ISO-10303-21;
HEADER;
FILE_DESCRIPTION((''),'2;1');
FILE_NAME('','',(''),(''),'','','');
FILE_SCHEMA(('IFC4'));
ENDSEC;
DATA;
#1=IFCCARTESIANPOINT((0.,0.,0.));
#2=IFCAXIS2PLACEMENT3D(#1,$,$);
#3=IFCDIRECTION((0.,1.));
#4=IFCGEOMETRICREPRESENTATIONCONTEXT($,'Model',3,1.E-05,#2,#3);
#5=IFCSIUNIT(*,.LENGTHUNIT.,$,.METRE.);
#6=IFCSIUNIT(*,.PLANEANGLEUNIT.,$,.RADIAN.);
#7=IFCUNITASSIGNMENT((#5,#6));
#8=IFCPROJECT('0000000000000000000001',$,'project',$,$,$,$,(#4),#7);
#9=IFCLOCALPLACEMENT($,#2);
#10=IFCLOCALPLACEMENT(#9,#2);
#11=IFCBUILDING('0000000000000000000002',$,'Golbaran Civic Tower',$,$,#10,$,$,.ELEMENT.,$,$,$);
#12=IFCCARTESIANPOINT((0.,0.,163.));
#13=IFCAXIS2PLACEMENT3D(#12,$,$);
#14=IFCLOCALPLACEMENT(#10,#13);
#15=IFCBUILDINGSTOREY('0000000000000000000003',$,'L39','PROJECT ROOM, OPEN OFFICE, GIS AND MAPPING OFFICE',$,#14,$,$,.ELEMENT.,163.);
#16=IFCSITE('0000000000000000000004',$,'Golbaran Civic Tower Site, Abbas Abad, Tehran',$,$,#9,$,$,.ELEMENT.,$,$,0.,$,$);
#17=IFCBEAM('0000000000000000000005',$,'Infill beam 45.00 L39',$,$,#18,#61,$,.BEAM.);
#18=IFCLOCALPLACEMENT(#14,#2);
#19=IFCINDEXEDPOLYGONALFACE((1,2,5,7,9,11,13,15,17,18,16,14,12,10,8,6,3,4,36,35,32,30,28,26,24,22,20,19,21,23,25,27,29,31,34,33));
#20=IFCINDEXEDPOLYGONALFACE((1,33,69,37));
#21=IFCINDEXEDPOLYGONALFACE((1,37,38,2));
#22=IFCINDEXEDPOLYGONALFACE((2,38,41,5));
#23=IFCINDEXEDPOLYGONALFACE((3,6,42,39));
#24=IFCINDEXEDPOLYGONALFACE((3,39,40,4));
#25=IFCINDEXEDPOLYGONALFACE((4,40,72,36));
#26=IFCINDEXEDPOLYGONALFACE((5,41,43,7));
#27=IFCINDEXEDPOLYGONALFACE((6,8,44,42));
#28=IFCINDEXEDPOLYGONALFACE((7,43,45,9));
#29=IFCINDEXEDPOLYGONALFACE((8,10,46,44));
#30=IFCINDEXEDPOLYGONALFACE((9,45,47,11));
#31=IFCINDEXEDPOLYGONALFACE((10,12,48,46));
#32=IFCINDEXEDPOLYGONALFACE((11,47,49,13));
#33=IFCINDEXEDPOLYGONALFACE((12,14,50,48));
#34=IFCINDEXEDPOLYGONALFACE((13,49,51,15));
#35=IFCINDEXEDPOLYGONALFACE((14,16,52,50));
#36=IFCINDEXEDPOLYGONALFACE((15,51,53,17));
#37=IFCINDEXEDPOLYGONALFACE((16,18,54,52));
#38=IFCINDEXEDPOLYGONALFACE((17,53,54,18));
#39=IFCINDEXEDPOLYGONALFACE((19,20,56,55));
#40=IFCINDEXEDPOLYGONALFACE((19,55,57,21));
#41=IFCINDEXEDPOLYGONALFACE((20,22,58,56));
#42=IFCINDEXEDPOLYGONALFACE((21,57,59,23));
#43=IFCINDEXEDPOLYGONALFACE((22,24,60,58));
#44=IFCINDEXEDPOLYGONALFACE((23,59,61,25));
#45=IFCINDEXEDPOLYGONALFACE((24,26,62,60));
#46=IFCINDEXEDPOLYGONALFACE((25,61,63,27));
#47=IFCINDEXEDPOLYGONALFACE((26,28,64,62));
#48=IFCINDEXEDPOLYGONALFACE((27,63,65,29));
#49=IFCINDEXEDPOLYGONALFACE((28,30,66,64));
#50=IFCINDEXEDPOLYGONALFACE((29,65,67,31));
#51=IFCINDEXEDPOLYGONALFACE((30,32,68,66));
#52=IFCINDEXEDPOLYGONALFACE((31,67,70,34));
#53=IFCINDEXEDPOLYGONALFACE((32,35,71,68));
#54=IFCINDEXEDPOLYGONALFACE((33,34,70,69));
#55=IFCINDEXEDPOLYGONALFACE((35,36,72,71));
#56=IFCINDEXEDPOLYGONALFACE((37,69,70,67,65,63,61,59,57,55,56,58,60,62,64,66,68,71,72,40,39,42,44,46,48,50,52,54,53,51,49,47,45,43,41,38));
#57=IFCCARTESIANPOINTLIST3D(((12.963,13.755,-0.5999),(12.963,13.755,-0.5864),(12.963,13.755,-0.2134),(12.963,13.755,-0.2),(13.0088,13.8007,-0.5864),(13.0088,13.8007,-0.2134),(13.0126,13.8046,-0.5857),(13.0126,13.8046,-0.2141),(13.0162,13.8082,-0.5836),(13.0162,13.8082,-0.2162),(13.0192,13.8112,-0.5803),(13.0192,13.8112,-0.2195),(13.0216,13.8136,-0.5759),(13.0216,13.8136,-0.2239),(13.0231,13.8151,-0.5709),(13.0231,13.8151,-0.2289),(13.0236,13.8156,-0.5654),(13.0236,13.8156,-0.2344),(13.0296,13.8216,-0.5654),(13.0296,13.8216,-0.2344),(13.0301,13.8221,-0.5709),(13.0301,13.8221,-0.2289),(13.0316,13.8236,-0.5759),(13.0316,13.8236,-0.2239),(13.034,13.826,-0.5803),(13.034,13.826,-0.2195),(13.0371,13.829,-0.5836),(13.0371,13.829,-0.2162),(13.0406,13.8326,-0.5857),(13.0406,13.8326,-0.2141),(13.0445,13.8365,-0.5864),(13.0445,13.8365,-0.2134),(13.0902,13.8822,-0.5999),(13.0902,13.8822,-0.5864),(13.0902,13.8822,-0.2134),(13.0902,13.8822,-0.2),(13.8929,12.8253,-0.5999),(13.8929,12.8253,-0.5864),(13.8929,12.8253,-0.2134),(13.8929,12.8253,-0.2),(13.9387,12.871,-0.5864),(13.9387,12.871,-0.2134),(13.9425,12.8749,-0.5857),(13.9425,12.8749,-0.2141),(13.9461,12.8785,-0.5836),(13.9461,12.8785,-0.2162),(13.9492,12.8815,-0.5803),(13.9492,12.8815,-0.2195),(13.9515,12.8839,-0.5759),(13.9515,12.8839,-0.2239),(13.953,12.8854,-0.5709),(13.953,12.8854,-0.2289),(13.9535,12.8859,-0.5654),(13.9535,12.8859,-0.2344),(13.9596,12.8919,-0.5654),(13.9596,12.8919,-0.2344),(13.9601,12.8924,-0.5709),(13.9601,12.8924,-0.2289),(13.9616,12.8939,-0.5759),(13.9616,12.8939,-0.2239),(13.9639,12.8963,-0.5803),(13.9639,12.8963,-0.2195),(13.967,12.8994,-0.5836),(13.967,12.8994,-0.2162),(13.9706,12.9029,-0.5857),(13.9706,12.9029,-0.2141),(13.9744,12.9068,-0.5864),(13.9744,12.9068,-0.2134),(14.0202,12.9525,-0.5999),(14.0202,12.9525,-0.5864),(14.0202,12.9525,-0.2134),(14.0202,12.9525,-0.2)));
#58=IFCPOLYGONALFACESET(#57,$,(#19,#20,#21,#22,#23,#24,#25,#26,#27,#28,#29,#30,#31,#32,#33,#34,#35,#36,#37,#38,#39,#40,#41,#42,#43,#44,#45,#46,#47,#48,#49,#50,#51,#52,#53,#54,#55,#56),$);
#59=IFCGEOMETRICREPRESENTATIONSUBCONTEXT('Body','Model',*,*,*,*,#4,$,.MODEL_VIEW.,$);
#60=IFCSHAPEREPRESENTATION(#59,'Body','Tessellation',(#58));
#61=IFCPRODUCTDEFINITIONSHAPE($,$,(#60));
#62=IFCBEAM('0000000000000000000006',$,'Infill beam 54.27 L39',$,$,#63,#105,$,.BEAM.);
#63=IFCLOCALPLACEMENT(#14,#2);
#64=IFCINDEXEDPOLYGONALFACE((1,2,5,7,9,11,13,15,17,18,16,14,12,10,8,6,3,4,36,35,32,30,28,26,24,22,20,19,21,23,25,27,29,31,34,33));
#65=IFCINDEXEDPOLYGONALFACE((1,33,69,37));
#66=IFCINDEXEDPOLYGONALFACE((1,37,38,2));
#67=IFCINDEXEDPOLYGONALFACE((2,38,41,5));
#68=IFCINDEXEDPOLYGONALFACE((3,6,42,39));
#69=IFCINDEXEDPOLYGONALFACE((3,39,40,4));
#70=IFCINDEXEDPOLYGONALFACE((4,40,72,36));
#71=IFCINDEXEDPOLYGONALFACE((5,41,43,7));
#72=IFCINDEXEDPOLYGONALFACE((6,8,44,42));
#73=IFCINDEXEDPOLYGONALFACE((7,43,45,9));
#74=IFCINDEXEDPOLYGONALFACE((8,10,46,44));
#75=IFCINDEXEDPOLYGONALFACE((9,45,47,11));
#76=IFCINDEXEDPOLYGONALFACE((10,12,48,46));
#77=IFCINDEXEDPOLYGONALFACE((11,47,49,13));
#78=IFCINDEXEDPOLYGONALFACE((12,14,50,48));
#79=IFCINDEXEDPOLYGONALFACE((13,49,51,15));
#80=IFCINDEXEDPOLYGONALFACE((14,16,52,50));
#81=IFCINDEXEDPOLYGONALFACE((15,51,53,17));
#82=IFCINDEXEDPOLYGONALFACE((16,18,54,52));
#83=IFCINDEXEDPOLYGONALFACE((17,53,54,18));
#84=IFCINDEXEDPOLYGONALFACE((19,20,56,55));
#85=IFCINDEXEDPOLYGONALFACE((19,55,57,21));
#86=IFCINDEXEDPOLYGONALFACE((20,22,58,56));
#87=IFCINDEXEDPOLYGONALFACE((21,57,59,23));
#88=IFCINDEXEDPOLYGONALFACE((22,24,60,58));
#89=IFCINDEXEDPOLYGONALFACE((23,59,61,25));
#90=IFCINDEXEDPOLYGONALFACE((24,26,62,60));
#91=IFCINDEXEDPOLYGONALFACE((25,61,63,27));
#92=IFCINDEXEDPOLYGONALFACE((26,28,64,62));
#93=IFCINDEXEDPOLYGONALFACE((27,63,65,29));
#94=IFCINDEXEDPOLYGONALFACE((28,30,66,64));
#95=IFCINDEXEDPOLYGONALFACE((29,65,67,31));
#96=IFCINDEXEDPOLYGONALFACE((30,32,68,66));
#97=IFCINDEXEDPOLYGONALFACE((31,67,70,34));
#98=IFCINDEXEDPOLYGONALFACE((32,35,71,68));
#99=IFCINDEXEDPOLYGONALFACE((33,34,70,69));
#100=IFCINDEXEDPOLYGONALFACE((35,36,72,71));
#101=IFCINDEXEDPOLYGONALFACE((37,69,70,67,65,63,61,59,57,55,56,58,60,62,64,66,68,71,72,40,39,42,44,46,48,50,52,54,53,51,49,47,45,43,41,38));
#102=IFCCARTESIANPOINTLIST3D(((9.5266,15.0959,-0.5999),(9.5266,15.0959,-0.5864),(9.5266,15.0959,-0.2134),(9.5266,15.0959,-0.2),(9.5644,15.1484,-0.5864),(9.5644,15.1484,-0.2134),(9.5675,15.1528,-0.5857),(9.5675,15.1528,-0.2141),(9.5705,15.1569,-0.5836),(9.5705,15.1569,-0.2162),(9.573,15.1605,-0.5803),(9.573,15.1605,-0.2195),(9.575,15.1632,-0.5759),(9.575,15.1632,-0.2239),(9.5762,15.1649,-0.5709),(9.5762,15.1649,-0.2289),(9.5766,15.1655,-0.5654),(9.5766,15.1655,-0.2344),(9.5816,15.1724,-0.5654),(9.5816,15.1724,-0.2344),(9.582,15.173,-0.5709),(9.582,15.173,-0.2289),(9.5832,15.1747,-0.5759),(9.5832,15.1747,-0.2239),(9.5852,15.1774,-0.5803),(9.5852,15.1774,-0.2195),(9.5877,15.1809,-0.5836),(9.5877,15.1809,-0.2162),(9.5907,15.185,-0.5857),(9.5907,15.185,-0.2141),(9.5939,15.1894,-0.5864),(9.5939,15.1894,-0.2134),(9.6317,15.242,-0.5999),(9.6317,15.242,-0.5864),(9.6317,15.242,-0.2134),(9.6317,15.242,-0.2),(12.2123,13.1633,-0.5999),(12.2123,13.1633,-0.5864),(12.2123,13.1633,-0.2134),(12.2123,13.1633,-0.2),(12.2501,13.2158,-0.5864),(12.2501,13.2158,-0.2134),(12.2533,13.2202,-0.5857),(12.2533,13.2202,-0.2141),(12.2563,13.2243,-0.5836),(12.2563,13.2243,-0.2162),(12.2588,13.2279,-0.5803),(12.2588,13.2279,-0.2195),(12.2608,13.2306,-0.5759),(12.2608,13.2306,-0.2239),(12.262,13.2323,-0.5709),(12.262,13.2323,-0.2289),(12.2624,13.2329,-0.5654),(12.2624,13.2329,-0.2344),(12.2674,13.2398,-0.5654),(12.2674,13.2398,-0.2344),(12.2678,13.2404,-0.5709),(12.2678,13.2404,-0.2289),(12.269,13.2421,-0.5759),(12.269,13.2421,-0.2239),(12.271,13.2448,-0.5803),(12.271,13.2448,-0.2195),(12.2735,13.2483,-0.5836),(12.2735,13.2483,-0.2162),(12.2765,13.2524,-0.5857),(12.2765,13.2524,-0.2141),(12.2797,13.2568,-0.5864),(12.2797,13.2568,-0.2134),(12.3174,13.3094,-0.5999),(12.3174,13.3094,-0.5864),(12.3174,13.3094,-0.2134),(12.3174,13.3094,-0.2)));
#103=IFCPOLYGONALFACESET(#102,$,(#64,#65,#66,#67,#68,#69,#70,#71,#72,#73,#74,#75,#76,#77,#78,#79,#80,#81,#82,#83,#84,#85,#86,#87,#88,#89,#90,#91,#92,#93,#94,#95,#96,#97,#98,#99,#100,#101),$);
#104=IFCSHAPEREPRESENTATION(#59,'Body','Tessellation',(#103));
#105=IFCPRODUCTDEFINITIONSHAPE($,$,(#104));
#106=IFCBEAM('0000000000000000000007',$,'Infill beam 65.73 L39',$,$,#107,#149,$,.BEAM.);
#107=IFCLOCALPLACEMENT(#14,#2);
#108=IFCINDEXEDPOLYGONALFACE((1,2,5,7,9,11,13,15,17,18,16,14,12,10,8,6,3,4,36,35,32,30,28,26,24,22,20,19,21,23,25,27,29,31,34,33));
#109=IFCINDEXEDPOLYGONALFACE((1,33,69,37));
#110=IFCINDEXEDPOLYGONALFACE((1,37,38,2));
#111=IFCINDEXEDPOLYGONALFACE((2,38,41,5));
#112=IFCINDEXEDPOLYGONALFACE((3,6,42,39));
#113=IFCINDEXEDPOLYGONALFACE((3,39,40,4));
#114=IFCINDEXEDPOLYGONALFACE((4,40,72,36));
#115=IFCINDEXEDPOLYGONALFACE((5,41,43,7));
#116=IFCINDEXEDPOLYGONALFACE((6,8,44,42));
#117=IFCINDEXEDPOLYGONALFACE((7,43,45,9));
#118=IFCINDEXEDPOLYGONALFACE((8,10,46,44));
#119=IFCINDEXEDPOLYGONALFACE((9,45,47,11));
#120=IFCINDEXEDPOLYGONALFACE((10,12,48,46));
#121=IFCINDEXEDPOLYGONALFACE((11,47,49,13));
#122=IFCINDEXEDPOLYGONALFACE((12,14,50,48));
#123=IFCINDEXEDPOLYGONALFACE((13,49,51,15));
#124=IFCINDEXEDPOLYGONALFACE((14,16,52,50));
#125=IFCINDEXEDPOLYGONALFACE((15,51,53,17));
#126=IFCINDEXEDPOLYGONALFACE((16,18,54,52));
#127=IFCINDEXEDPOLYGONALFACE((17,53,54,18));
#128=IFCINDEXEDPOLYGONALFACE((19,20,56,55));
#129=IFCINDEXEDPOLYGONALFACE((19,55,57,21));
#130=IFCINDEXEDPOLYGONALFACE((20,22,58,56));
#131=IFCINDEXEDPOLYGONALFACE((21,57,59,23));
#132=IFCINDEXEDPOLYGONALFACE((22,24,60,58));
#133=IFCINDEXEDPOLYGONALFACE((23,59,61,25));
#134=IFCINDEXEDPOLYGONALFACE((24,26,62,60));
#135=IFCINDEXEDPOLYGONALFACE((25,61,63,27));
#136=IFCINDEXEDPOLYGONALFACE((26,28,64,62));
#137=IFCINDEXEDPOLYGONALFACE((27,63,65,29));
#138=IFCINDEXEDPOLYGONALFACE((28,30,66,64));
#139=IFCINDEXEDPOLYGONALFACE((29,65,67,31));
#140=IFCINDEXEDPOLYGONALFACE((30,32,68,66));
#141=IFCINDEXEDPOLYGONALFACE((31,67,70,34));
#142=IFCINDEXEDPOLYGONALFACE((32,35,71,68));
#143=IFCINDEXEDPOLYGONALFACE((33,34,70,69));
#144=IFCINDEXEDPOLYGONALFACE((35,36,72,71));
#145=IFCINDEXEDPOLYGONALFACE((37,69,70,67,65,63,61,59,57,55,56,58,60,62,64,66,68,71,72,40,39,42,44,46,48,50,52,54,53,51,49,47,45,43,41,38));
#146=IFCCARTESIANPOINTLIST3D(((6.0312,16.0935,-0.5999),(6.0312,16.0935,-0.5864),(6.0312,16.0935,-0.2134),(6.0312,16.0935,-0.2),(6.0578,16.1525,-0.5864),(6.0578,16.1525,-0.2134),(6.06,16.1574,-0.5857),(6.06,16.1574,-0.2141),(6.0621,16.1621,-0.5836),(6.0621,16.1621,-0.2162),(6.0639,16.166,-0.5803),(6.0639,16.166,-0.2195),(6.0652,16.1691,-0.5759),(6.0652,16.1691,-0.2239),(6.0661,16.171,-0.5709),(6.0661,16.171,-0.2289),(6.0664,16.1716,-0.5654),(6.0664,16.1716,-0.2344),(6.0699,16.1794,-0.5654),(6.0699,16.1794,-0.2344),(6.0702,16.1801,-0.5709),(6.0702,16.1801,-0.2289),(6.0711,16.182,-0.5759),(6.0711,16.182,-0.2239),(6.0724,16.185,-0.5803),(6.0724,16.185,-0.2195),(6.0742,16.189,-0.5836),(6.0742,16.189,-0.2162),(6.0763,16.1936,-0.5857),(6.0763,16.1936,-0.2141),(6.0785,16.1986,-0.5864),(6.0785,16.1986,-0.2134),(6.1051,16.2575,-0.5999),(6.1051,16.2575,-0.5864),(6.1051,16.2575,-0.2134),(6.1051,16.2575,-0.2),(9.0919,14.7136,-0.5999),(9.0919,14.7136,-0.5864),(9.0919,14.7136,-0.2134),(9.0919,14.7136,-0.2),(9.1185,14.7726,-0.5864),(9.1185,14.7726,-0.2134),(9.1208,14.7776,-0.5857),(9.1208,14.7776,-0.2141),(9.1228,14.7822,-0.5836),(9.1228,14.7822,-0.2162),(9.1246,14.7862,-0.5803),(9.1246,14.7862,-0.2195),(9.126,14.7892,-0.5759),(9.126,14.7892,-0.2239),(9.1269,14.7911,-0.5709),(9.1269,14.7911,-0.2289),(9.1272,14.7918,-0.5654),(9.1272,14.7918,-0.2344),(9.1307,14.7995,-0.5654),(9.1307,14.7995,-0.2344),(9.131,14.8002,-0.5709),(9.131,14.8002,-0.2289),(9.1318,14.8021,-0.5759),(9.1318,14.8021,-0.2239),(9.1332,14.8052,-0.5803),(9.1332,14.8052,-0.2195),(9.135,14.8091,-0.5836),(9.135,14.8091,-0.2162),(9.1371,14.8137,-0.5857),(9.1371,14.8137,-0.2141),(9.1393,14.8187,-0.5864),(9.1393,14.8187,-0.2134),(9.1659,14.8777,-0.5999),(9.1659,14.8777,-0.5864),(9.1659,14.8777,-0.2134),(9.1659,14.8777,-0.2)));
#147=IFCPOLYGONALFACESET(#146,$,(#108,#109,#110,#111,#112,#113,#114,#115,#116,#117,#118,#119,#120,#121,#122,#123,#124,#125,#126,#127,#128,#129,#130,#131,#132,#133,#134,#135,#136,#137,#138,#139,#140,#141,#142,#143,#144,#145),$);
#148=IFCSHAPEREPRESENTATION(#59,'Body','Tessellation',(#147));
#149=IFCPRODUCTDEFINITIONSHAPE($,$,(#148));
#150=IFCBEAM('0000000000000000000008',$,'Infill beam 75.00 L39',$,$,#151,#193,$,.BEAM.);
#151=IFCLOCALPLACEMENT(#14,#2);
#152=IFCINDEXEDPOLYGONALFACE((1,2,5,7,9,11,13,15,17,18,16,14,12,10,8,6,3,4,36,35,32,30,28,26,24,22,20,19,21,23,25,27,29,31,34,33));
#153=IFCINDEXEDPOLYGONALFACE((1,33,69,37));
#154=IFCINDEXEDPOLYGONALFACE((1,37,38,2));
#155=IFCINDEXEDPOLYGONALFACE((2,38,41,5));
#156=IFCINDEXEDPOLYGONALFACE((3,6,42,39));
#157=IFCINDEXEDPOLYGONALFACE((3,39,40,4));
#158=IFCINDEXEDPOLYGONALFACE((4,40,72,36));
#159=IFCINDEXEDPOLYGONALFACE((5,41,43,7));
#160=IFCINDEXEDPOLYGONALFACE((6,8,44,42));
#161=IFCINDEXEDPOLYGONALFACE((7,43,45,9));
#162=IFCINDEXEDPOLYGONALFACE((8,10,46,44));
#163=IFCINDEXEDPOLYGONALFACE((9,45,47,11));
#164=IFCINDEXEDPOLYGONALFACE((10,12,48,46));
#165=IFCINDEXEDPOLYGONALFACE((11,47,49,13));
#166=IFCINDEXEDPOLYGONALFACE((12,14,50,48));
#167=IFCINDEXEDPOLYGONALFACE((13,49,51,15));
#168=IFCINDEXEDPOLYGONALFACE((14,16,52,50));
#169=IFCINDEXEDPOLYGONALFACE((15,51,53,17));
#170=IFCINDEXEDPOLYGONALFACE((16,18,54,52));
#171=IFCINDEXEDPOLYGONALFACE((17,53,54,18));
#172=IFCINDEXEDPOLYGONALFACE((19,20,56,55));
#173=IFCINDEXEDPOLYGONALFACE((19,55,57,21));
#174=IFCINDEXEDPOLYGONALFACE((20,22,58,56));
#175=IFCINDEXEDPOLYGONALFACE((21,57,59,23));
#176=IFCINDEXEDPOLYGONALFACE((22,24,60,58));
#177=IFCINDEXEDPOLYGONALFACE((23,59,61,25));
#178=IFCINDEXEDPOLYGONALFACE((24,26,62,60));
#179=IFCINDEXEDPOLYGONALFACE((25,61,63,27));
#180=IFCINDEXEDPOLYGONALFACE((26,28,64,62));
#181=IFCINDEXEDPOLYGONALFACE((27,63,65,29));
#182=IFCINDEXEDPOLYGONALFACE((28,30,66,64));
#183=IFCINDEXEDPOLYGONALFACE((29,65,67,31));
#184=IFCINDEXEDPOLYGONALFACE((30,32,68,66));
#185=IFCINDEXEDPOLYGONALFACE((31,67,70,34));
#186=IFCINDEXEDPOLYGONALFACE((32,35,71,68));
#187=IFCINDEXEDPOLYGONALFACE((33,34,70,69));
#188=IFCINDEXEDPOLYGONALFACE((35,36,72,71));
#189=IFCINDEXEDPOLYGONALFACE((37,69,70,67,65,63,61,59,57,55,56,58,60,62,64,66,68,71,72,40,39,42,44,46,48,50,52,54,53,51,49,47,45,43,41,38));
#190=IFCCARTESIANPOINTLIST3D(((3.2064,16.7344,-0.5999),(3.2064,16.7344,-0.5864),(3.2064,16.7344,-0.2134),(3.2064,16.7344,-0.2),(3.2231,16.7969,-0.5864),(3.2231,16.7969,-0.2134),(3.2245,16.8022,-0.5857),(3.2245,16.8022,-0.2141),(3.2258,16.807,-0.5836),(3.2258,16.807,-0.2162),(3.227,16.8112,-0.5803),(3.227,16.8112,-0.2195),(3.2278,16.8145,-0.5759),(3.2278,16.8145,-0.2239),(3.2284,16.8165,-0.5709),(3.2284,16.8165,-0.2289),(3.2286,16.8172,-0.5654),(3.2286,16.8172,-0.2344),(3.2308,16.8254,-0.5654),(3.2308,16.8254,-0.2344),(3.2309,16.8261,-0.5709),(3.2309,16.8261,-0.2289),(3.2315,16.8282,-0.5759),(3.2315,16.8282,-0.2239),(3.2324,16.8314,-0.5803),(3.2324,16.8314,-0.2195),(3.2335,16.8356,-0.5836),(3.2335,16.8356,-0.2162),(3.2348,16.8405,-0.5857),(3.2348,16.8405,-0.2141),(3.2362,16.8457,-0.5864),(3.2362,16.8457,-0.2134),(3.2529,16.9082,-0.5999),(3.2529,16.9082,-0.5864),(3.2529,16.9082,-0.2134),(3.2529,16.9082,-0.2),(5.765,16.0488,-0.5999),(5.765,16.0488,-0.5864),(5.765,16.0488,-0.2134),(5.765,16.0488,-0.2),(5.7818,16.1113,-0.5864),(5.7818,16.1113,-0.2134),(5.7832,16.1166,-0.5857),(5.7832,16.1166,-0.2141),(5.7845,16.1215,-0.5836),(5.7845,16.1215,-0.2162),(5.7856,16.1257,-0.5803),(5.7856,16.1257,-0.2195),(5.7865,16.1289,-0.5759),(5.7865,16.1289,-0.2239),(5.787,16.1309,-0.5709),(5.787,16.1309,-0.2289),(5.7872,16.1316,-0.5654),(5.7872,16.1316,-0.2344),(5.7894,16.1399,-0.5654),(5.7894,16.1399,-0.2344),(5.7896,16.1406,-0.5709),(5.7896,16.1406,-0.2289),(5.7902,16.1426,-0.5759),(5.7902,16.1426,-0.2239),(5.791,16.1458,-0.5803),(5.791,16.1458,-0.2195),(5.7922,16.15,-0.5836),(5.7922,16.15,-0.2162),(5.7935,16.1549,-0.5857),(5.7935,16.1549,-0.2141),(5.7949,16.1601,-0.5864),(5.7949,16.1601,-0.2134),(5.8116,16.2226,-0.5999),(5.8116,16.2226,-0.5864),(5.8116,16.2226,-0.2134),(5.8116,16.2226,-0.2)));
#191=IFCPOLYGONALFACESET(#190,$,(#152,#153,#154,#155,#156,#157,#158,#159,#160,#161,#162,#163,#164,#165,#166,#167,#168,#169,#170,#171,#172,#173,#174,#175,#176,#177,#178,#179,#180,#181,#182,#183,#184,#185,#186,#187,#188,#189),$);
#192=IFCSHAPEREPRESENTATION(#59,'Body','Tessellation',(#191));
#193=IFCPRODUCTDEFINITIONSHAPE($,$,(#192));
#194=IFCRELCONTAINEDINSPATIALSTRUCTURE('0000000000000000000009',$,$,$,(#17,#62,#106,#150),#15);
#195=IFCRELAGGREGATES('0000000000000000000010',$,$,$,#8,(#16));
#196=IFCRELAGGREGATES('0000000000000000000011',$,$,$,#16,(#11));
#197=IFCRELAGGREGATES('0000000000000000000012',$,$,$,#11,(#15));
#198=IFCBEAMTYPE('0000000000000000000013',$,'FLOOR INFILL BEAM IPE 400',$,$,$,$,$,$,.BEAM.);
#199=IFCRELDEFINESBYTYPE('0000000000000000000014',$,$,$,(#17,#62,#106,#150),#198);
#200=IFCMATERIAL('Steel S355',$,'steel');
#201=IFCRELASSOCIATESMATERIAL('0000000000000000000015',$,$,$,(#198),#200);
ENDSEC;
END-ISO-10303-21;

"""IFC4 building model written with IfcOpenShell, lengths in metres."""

from ifc_helpers import new_model, si_unit, direction, frame, origin, origin_2d, place, context, subcontext, project, spatial, i_section, extrude, material, material_profile, profile_set, type_object, element, save


model = new_model("IFC4")

# Units and contexts
model_context = context("Model", 3, precision=1e-05, world=origin(), true_north=direction((0.0, 1.0)))
body_context = subcontext(model_context, "Body", "Model", "MODEL_VIEW")
ifc_project = project(units=[si_unit("LENGTHUNIT", "METRE"), si_unit("PLANEANGLEUNIT", "RADIAN")], contexts=[model_context])

# Site, building, storey
site_placement = place(None, origin())
site = spatial("IfcSite", under=ifc_project, at=site_placement, Name="Golbaran Civic Tower Site, Abbas Abad, Tehran", CompositionType="ELEMENT", RefElevation=0.0)
building_placement = place(site_placement, origin())
building = spatial("IfcBuilding", under=site, at=building_placement, Name="Golbaran Civic Tower", CompositionType="ELEMENT")
storey_placement = place(building_placement, frame((0.0, 0.0, 163.0)))
storey = spatial("IfcBuildingStorey", under=building, at=storey_placement, Name="L39", Description="PROJECT ROOM, OPEN OFFICE, GIS AND MAPPING OFFICE", CompositionType="ELEMENT", Elevation=163.0)

# Beams
ifc_material_1 = material(Name="Steel S355", Category="steel")
ifc_material_profile_1 = material_profile(ifc_material_1, i_section(OverallWidth=0.1799, OverallDepth=0.3999, WebThickness=0.0085, FlangeThickness=0.0134, FilletRadius=0.021, at=origin_2d()), Name="IPE 400")
ifc_profile_set_1 = profile_set([ifc_material_profile_1], Name="Steel S355")
beam_type_1 = type_object("IfcBeamType", Name="FLOOR INFILL BEAM IPE 400", PredefinedType="BEAM", material=ifc_profile_set_1)
beam_1_placement = place(storey_placement, frame((13.9565, 12.8889, -0.3999), z_axis=(-0.7072, 0.707014, 0.0), x_axis=(-0.707014, -0.7072, 0.0)))
element("IfcBeam", 1, at=beam_1_placement, inside=storey, type_object=beam_type_1, Name="Infill beam 45.00 L39", PredefinedType="BEAM", context=body_context, shape_type="SweptSolid", body=[
    extrude(i_section(OverallWidth=0.1799, OverallDepth=0.3999, WebThickness=0.0085, FlangeThickness=0.0134, FilletRadius=0.021, at=origin_2d()), origin(), (0.0, 0.0, 1.0), 1.3149),
])
beam_2_placement = place(storey_placement, frame((12.2649, 13.2363, -0.3999), z_axis=(-0.811699, 0.584075, 0.0), x_axis=(-0.584075, -0.811699, 0.0)))
element("IfcBeam", 2, at=beam_2_placement, inside=storey, type_object=beam_type_1, Name="Infill beam 54.27 L39", PredefinedType="BEAM", context=body_context, shape_type="SweptSolid", body=[
    extrude(i_section(OverallWidth=0.1799, OverallDepth=0.3999, WebThickness=0.0085, FlangeThickness=0.0134, FilletRadius=0.021, at=origin_2d()), origin(), (0.0, 0.0, 1.0), 3.3088),
])
beam_3_placement = place(storey_placement, frame((9.1289, 14.7957, -0.3999), z_axis=(-0.91164, 0.41099, 0.0), x_axis=(-0.41099, -0.91164, 0.0)))
element("IfcBeam", 3, at=beam_3_placement, inside=storey, type_object=beam_type_1, Name="Infill beam 65.73 L39", PredefinedType="BEAM", context=body_context, shape_type="SweptSolid", body=[
    extrude(i_section(OverallWidth=0.1799, OverallDepth=0.3999, WebThickness=0.0085, FlangeThickness=0.0134, FilletRadius=0.021, at=origin_2d()), origin(), (0.0, 0.0, 1.0), 3.3574),
])
beam_4_placement = place(storey_placement, frame((5.7883, 16.1357, -0.3999), z_axis=(-0.965928, 0.25881, 0.0), x_axis=(-0.25881, -0.965928, 0.0)))
element("IfcBeam", 4, at=beam_4_placement, inside=storey, type_object=beam_type_1, Name="Infill beam 75.00 L39", PredefinedType="BEAM", context=body_context, shape_type="SweptSolid", body=[
    extrude(i_section(OverallWidth=0.1799, OverallDepth=0.3999, WebThickness=0.0085, FlangeThickness=0.0134, FilletRadius=0.021, at=origin_2d()), origin(), (0.0, 0.0, 1.0), 2.6489),
])

save(model, "model.ifc")
